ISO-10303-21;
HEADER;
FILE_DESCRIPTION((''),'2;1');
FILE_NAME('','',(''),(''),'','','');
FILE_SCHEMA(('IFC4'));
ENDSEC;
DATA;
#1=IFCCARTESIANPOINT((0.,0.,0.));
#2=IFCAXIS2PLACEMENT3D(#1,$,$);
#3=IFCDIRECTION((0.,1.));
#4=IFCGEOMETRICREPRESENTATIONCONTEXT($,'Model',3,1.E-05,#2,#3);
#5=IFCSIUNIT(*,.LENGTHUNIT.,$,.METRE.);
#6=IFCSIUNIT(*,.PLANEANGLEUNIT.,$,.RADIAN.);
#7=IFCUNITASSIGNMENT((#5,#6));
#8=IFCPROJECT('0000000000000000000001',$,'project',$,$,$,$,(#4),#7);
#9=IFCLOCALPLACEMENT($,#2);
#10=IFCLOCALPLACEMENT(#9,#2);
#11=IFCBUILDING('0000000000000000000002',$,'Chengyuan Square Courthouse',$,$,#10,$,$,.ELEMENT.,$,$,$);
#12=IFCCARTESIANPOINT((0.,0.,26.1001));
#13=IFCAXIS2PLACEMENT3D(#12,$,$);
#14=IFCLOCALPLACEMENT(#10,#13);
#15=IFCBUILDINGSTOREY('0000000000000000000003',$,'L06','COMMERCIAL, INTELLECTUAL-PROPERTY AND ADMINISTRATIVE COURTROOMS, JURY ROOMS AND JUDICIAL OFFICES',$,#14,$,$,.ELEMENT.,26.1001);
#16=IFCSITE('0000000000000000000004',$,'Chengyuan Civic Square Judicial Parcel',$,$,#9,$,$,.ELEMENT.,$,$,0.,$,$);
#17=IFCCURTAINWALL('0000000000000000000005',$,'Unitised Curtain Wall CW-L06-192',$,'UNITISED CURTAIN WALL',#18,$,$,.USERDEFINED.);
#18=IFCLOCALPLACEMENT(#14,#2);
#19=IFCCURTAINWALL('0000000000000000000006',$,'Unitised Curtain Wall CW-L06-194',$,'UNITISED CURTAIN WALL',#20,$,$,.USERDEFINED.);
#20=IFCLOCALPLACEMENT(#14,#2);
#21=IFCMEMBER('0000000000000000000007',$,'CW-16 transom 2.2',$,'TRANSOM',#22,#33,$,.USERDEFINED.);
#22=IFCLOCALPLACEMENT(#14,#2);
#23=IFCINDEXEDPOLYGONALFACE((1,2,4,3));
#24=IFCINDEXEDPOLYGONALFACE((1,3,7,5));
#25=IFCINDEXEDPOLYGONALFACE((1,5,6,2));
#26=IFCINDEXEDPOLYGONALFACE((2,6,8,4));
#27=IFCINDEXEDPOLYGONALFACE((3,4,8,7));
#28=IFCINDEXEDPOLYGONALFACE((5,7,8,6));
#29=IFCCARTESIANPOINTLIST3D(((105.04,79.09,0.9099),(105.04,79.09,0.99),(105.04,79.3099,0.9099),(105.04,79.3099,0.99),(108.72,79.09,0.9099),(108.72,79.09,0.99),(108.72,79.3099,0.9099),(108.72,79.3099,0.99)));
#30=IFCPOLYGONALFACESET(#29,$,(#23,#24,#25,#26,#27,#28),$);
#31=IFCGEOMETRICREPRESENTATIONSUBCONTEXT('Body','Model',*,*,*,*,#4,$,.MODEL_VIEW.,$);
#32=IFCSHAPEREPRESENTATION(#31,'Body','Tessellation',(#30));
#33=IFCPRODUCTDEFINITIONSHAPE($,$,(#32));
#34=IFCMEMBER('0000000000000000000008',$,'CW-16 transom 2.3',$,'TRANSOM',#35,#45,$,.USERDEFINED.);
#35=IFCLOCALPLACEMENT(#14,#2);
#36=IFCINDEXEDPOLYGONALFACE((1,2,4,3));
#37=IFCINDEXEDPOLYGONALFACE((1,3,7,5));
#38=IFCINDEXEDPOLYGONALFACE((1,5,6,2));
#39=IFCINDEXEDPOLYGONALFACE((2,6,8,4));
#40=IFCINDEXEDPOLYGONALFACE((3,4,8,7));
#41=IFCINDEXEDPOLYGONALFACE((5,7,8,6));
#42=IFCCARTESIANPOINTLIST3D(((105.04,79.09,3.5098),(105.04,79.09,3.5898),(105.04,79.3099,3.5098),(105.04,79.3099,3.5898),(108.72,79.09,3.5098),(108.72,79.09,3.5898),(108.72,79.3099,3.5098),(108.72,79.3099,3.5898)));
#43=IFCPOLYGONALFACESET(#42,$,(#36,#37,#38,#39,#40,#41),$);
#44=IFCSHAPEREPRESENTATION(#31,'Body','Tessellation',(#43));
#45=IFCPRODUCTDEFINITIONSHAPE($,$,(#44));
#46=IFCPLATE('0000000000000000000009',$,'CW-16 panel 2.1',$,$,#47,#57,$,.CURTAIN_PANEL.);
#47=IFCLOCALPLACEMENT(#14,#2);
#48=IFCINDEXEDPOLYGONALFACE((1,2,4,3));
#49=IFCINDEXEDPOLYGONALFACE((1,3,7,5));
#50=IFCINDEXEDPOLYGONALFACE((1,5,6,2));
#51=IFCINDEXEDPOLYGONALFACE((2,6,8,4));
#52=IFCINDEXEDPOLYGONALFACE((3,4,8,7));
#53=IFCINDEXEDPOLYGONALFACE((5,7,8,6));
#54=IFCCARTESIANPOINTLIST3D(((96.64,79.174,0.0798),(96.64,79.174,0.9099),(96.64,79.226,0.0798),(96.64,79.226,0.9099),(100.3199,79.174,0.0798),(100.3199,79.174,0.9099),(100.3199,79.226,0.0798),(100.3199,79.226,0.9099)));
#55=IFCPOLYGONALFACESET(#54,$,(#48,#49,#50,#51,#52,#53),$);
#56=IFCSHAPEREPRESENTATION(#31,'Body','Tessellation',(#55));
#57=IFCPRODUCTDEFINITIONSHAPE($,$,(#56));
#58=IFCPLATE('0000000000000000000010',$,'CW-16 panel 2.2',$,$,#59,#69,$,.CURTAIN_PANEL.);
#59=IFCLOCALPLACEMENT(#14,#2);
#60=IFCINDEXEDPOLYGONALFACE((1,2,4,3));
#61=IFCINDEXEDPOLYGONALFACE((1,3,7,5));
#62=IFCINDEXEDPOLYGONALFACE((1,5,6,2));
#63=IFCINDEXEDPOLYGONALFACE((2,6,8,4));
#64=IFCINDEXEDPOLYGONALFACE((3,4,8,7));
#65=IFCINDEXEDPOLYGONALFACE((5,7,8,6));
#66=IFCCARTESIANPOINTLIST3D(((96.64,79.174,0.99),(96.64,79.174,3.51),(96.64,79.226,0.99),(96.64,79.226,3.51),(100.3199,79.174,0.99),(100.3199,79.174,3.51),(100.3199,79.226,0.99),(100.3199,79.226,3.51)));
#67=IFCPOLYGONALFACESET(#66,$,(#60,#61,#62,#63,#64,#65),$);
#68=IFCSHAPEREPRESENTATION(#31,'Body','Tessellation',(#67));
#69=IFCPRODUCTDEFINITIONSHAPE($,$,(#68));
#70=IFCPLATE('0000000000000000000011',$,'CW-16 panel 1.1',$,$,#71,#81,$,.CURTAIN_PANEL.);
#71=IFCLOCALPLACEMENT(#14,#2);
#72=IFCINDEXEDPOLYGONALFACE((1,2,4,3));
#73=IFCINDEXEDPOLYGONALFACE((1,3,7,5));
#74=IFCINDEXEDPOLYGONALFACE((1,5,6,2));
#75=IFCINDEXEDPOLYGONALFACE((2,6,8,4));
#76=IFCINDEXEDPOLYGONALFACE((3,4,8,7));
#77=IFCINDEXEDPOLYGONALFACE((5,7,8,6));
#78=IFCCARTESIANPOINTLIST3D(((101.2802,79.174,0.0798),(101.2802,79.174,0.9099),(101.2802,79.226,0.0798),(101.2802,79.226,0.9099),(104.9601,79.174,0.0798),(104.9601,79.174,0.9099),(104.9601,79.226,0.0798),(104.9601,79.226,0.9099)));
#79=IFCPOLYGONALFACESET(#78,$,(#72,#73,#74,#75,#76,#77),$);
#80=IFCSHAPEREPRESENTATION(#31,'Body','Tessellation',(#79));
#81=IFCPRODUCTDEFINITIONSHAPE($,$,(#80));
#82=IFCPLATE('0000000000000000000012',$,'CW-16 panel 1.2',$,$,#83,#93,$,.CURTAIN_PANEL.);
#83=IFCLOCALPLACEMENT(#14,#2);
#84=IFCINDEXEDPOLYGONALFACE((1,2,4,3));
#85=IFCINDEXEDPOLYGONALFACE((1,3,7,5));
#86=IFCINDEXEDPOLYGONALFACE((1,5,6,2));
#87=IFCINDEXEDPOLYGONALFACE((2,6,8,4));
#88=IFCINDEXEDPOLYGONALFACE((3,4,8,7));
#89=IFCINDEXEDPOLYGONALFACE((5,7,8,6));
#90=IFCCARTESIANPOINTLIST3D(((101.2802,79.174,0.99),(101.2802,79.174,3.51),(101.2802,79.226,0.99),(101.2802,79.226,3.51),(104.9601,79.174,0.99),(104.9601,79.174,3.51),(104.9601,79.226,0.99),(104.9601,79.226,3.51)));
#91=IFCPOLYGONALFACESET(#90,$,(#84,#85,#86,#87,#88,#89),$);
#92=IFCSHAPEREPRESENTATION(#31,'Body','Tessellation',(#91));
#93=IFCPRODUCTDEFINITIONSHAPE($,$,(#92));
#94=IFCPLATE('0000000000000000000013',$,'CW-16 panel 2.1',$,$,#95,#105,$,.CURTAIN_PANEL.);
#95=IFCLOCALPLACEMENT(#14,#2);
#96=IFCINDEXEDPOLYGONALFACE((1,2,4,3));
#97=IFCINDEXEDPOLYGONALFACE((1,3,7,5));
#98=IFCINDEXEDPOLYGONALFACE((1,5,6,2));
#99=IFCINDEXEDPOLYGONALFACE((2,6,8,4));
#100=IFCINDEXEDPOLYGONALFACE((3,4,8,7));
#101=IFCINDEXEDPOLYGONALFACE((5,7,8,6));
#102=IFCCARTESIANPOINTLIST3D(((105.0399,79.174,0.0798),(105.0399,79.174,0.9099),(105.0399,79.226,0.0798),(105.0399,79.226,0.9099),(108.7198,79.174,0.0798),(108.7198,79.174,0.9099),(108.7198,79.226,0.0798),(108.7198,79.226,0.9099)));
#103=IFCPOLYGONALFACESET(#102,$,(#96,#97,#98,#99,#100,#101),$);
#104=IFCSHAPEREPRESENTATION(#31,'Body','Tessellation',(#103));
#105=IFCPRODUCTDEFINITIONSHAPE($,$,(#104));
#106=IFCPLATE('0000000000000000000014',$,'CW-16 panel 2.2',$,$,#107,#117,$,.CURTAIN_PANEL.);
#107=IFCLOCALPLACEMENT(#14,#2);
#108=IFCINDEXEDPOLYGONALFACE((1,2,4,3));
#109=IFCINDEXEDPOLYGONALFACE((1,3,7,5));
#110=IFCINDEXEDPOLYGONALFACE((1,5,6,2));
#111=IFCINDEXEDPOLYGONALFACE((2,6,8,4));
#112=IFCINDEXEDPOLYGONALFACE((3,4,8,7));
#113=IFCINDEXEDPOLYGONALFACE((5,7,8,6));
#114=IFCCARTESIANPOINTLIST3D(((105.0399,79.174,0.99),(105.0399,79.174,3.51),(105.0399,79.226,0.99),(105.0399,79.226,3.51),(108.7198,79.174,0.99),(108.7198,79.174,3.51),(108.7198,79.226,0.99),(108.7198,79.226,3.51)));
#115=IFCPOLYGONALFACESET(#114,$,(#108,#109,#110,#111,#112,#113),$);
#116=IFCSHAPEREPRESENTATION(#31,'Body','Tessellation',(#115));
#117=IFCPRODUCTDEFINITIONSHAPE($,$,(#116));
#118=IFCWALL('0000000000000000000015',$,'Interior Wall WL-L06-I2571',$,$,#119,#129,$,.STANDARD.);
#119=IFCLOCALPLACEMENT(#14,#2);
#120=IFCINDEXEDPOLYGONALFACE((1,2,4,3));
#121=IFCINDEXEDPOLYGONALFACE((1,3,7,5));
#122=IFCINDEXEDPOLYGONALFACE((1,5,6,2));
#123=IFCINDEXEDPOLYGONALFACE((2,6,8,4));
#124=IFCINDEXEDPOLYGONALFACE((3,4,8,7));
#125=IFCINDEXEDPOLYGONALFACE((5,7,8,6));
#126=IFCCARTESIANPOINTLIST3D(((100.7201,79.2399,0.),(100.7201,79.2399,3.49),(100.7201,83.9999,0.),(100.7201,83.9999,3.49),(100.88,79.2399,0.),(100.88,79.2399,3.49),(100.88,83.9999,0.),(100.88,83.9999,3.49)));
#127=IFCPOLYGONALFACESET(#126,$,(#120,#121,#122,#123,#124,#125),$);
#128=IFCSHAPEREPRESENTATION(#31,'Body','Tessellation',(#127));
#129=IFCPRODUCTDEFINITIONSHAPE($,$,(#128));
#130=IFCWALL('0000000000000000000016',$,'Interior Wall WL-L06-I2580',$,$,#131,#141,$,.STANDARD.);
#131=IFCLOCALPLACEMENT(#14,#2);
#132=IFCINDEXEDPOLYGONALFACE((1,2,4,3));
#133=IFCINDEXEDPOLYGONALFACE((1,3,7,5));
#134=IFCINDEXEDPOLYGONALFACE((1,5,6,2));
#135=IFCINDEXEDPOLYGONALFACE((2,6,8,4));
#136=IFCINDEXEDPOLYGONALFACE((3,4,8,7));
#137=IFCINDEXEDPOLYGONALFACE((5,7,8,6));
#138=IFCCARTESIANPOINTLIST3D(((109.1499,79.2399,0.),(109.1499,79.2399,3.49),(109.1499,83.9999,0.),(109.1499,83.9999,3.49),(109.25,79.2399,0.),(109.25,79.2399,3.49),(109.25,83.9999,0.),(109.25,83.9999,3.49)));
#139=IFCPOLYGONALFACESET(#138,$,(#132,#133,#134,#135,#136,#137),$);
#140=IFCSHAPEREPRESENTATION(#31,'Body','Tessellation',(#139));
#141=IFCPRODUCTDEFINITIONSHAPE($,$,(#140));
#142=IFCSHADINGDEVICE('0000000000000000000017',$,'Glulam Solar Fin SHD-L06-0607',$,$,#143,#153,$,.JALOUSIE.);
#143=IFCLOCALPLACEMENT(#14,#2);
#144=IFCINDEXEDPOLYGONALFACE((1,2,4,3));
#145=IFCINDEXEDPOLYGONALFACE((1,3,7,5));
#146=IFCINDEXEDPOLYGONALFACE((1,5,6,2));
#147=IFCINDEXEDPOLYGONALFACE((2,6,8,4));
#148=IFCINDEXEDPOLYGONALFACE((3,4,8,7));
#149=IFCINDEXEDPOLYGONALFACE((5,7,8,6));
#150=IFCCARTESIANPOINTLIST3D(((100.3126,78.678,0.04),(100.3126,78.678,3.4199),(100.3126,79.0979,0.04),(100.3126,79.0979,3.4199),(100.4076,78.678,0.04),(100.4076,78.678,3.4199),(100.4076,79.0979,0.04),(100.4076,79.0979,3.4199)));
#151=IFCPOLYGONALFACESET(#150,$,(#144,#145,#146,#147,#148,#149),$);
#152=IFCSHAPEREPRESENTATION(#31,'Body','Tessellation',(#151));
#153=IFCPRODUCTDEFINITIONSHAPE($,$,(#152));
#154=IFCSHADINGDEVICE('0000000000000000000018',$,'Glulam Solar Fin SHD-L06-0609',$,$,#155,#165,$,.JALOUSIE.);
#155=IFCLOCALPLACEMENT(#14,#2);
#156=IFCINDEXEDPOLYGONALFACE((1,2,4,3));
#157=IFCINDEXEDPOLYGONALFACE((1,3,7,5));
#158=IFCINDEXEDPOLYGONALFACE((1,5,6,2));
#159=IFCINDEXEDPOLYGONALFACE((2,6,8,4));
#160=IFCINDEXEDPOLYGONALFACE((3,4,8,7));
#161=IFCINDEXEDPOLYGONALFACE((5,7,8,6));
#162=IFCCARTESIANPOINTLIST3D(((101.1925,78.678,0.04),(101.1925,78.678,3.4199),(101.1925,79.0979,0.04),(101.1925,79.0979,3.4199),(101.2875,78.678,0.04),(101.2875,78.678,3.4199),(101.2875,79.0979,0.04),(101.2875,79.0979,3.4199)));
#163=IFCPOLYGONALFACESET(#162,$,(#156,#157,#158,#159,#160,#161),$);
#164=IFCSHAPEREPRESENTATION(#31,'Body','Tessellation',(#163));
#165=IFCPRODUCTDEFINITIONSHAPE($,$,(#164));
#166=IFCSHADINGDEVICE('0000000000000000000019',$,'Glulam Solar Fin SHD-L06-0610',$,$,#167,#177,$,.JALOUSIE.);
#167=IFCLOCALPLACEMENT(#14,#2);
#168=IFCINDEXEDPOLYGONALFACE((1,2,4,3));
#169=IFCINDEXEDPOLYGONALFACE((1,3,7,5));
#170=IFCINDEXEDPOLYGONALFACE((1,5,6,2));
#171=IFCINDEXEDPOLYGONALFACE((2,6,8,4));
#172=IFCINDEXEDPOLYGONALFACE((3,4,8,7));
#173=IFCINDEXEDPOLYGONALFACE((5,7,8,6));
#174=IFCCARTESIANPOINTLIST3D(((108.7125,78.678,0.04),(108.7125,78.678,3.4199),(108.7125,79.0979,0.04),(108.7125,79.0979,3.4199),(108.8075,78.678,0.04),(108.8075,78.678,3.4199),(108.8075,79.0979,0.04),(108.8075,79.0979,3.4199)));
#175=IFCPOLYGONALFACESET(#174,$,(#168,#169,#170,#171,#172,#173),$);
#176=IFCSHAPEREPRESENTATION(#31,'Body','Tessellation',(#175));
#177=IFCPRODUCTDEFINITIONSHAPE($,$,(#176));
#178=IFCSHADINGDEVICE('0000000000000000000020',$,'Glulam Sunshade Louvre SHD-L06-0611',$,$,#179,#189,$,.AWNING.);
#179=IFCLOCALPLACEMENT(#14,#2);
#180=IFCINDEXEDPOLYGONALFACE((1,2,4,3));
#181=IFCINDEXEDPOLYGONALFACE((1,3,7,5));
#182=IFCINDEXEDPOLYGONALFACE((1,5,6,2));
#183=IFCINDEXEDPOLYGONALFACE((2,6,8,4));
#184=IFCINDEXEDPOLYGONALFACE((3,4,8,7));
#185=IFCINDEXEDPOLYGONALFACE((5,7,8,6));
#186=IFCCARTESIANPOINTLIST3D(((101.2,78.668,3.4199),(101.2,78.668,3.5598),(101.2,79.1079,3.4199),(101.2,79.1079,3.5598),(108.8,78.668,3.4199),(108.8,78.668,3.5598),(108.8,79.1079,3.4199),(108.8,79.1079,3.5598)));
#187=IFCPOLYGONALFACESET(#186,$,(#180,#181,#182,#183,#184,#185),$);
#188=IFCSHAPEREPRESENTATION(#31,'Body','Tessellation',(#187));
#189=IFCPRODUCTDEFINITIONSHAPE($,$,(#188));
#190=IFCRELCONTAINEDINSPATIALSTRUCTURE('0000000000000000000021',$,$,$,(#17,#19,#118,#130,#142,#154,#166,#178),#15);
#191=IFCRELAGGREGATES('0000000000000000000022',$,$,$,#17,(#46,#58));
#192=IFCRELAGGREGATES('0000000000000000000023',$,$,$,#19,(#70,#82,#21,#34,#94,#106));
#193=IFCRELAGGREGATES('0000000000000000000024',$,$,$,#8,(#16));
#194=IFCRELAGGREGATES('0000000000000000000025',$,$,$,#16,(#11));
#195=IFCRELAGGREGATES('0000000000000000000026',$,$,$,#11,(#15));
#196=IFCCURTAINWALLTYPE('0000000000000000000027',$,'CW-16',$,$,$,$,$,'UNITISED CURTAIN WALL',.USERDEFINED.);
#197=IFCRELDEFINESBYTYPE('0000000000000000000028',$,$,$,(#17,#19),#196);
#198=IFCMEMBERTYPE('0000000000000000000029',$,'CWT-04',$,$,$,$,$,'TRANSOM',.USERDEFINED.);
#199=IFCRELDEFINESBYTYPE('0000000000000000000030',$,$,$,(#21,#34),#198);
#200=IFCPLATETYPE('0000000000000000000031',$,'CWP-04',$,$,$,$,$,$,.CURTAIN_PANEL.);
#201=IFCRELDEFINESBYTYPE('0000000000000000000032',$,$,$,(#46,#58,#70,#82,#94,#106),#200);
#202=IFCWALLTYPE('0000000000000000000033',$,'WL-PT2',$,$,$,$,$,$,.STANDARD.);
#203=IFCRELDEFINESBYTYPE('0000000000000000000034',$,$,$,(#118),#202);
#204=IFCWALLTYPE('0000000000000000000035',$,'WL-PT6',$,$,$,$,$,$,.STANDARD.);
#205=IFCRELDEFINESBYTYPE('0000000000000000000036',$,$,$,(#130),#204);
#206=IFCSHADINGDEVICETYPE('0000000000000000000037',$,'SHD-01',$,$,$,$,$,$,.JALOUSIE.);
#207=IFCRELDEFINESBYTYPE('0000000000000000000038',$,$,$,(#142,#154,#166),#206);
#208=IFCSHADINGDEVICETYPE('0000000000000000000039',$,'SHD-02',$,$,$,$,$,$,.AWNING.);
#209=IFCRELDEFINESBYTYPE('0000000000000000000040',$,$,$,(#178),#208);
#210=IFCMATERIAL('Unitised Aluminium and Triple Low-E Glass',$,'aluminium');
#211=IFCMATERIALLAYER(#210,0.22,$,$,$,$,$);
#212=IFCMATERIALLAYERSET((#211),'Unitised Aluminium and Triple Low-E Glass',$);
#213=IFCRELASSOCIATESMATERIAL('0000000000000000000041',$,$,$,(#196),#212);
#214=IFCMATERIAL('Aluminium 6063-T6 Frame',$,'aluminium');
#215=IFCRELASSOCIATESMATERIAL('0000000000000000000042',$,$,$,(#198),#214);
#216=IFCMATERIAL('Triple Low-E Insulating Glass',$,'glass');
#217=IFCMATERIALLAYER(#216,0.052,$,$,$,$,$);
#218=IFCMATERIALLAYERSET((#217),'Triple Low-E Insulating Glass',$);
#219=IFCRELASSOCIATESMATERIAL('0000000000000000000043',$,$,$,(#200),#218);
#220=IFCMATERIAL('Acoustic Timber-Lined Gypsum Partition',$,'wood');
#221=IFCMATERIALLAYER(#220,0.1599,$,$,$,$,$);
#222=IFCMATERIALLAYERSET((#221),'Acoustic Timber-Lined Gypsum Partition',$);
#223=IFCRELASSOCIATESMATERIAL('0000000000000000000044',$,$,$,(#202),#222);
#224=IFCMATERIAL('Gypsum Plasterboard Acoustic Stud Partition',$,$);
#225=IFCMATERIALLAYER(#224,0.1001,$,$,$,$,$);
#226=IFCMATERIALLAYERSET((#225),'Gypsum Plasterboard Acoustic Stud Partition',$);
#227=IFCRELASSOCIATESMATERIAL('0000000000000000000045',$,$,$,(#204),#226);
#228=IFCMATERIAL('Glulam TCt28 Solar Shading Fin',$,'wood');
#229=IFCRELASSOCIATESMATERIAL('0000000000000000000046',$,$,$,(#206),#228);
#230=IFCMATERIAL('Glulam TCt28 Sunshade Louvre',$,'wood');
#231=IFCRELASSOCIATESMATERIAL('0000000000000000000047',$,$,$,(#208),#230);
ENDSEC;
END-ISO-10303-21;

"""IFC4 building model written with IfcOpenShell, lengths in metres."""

from ifc_helpers import new_model, si_unit, direction, frame, frame_2d, origin, origin_2d, place, context, subcontext, project, spatial, rectangle, extrude, material, layer, layer_set, material_profile, profile_set, type_object, element, aggregate, save


model = new_model("IFC4")

# Units and contexts
model_context = context("Model", 3, precision=1e-05, world=origin(), true_north=direction((0.0, 1.0)))
body_context = subcontext(model_context, "Body", "Model", "MODEL_VIEW")
ifc_project = project(units=[si_unit("LENGTHUNIT", "METRE"), si_unit("PLANEANGLEUNIT", "RADIAN")], contexts=[model_context])

# Site, building, storey
site_placement = place(None, origin())
site = spatial("IfcSite", under=ifc_project, at=site_placement, Name="Chengyuan Civic Square Judicial Parcel", CompositionType="ELEMENT", RefElevation=0.0)
building_placement = place(site_placement, origin())
building = spatial("IfcBuilding", under=site, at=building_placement, Name="Chengyuan Square Courthouse", CompositionType="ELEMENT")
storey_placement = place(building_placement, frame((0.0, 0.0, 26.1001)))
storey = spatial("IfcBuildingStorey", under=building, at=storey_placement, Name="L06", Description="COMMERCIAL, INTELLECTUAL-PROPERTY AND ADMINISTRATIVE COURTROOMS, JURY ROOMS AND JUDICIAL OFFICES", CompositionType="ELEMENT", Elevation=26.1001)

# Curtain wall
ifc_material_1 = material(Name="Unitised Aluminium and Triple Low-E Glass", Category="aluminium")
ifc_layer_1 = layer(ifc_material_1, 0.22)
ifc_layer_set_1 = layer_set([ifc_layer_1], Name="Unitised Aluminium and Triple Low-E Glass")
curtain_wall_type = type_object("IfcCurtainWallType", Name="CW-16", ElementType="UNITISED CURTAIN WALL", PredefinedType="USERDEFINED", material=ifc_layer_set_1)
curtain_wall_1_placement = place(storey_placement, origin())
curtain_wall_1 = element("IfcCurtainWall", 1, at=curtain_wall_1_placement, inside=storey, type_object=curtain_wall_type, Name="Unitised Curtain Wall CW-L06-192", ObjectType="UNITISED CURTAIN WALL", PredefinedType="USERDEFINED")
ifc_material_2 = material(Name="Aluminium 6063-T6 Frame", Category="aluminium")

# Curtain wall, members
curtain_wall_2_placement = place(storey_placement, origin())
curtain_wall_2 = element("IfcCurtainWall", 2, at=curtain_wall_2_placement, inside=storey, type_object=curtain_wall_type, Name="Unitised Curtain Wall CW-L06-194", ObjectType="UNITISED CURTAIN WALL", PredefinedType="USERDEFINED")
ifc_material_profile_1 = material_profile(ifc_material_2, rectangle(XDim=0.22, YDim=0.0801, at=origin_2d()), Name="CW-TRN-80x180")
ifc_profile_set_1 = profile_set([ifc_material_profile_1], Name="Aluminium 6063-T6 Frame")
member_type_1 = type_object("IfcMemberType", Name="CWT-04", ElementType="TRANSOM", PredefinedType="USERDEFINED", material=ifc_profile_set_1)
member_1_placement = place(storey_placement, frame((105.04, 79.2, 0.95), z_axis=(1.0, 0.0, 0.0), x_axis=(0.0, 1.0, 0.0)))
member_1 = element("IfcMember", 3, at=member_1_placement, type_object=member_type_1, Name="CW-16 transom 2.2", ObjectType="TRANSOM", PredefinedType="USERDEFINED", context=body_context, shape_type="SweptSolid", body=[
    extrude(rectangle(XDim=0.22, YDim=0.0801, at=origin_2d()), origin(), (0.0, 0.0, 1.0), 3.6799),
])
member_2_placement = place(storey_placement, frame((105.04, 79.2, 3.5498), z_axis=(1.0, 0.0, 0.0), x_axis=(0.0, 1.0, 0.0)))
member_2 = element("IfcMember", 4, at=member_2_placement, type_object=member_type_1, Name="CW-16 transom 2.3", ObjectType="TRANSOM", PredefinedType="USERDEFINED", context=body_context, shape_type="SweptSolid", body=[
    extrude(rectangle(XDim=0.22, YDim=0.0801, at=origin_2d()), origin(), (0.0, 0.0, 1.0), 3.6799),
])

# Plates
ifc_material_3 = material(Name="Triple Low-E Insulating Glass", Category="glass")
ifc_layer_2 = layer(ifc_material_3, 0.052)
ifc_layer_set_2 = layer_set([ifc_layer_2], Name="Triple Low-E Insulating Glass")
plate_type = type_object("IfcPlateType", Name="CWP-04", PredefinedType="CURTAIN_PANEL", material=ifc_layer_set_2)
plate_1_placement = place(storey_placement, frame((98.48, 79.2, 0.0798), z_axis=(0.0, 0.0, 1.0), x_axis=(1.0, 0.0, 0.0)))
plate_1 = element("IfcPlate", 5, at=plate_1_placement, type_object=plate_type, Name="CW-16 panel 2.1", PredefinedType="CURTAIN_PANEL", context=body_context, shape_type="SweptSolid", body=[
    extrude(rectangle(XDim=3.6799, YDim=0.052, at=origin_2d()), origin(), (0.0, 0.0, 1.0), 0.8301),
])
plate_2_placement = place(storey_placement, frame((98.48, 79.2, 0.99), z_axis=(0.0, 0.0, 1.0), x_axis=(1.0, 0.0, 0.0)))
plate_2 = element("IfcPlate", 6, at=plate_2_placement, type_object=plate_type, Name="CW-16 panel 2.2", PredefinedType="CURTAIN_PANEL", context=body_context, shape_type="SweptSolid", body=[
    extrude(rectangle(XDim=3.6799, YDim=0.052, at=origin_2d()), origin(), (0.0, 0.0, 1.0), 2.52),
])
aggregate(curtain_wall_1, [plate_1, plate_2])
plate_3_placement = place(storey_placement, frame((103.1201, 79.2, 0.0798), z_axis=(0.0, 0.0, 1.0), x_axis=(1.0, 0.0, 0.0)))
plate_3 = element("IfcPlate", 7, at=plate_3_placement, type_object=plate_type, Name="CW-16 panel 1.1", PredefinedType="CURTAIN_PANEL", context=body_context, shape_type="SweptSolid", body=[
    extrude(rectangle(XDim=3.6799, YDim=0.052, at=origin_2d()), origin(), (0.0, 0.0, 1.0), 0.8301),
])
plate_4_placement = place(storey_placement, frame((103.1201, 79.2, 0.99), z_axis=(0.0, 0.0, 1.0), x_axis=(1.0, 0.0, 0.0)))
plate_4 = element("IfcPlate", 8, at=plate_4_placement, type_object=plate_type, Name="CW-16 panel 1.2", PredefinedType="CURTAIN_PANEL", context=body_context, shape_type="SweptSolid", body=[
    extrude(rectangle(XDim=3.6799, YDim=0.052, at=origin_2d()), origin(), (0.0, 0.0, 1.0), 2.52),
])
plate_5_placement = place(storey_placement, frame((106.8799, 79.2, 0.0798), z_axis=(0.0, 0.0, 1.0), x_axis=(1.0, 0.0, 0.0)))
plate_5 = element("IfcPlate", 9, at=plate_5_placement, type_object=plate_type, Name="CW-16 panel 2.1", PredefinedType="CURTAIN_PANEL", context=body_context, shape_type="SweptSolid", body=[
    extrude(rectangle(XDim=3.6799, YDim=0.052, at=origin_2d()), origin(), (0.0, 0.0, 1.0), 0.8301),
])
plate_6_placement = place(storey_placement, frame((106.8799, 79.2, 0.99), z_axis=(0.0, 0.0, 1.0), x_axis=(1.0, 0.0, 0.0)))
plate_6 = element("IfcPlate", 10, at=plate_6_placement, type_object=plate_type, Name="CW-16 panel 2.2", PredefinedType="CURTAIN_PANEL", context=body_context, shape_type="SweptSolid", body=[
    extrude(rectangle(XDim=3.6799, YDim=0.052, at=origin_2d()), origin(), (0.0, 0.0, 1.0), 2.52),
])
aggregate(curtain_wall_2, [plate_3, plate_4, member_1, member_2, plate_5, plate_6])

# Walls
ifc_material_4 = material(Name="Acoustic Timber-Lined Gypsum Partition", Category="wood")
ifc_layer_3 = layer(ifc_material_4, 0.1599)
ifc_layer_set_3 = layer_set([ifc_layer_3], Name="Acoustic Timber-Lined Gypsum Partition")
wall_type_1 = type_object("IfcWallType", Name="WL-PT2", PredefinedType="STANDARD", material=ifc_layer_set_3)
wall_1_placement = place(storey_placement, frame((100.8, 79.24, 0.0), z_axis=(0.0, 0.0, 1.0), x_axis=(0.0, 1.0, 0.0)))
element("IfcWall", 11, at=wall_1_placement, inside=storey, type_object=wall_type_1, Name="Interior Wall WL-L06-I2571", PredefinedType="STANDARD", context=body_context, shape_type="SweptSolid", body=[
    extrude(rectangle(XDim=4.76, YDim=0.1599, at=frame_2d((2.3799, 0.0))), origin(), (0.0, 0.0, 1.0), 3.49),
])
ifc_material_5 = material(Name="Gypsum Plasterboard Acoustic Stud Partition")
ifc_layer_4 = layer(ifc_material_5, 0.1001)
ifc_layer_set_4 = layer_set([ifc_layer_4], Name="Gypsum Plasterboard Acoustic Stud Partition")
wall_type_2 = type_object("IfcWallType", Name="WL-PT6", PredefinedType="STANDARD", material=ifc_layer_set_4)
wall_2_placement = place(storey_placement, frame((109.2, 79.24, 0.0), z_axis=(0.0, 0.0, 1.0), x_axis=(0.0, 1.0, 0.0)))
element("IfcWall", 12, at=wall_2_placement, inside=storey, type_object=wall_type_2, Name="Interior Wall WL-L06-I2580", PredefinedType="STANDARD", context=body_context, shape_type="SweptSolid", body=[
    extrude(rectangle(XDim=4.76, YDim=0.1001, at=frame_2d((2.3799, 0.0))), origin(), (0.0, 0.0, 1.0), 3.49),
])

# Shading devices
ifc_material_6 = material(Name="Glulam TCt28 Solar Shading Fin", Category="wood")
shading_device_type_1 = type_object("IfcShadingDeviceType", Name="SHD-01", PredefinedType="JALOUSIE", material=ifc_material_6)
for number, where, z_axis, x_axis, name in (
    (13, (100.3601, 78.8879, 0.04), (0.0, 0.0, 1.0), (0.0, 1.0, 0.0), "Glulam Solar Fin SHD-L06-0607"),
    (14, (101.24, 78.8879, 0.04), (0.0, 0.0, 1.0), (0.0, 1.0, 0.0), "Glulam Solar Fin SHD-L06-0609"),
    (15, (108.76, 78.8879, 0.04), (0.0, 0.0, 1.0), (0.0, 1.0, 0.0), "Glulam Solar Fin SHD-L06-0610"),
):
    element("IfcShadingDevice", number, at=place(storey_placement, frame(where, z_axis=z_axis, x_axis=x_axis)), inside=storey, type_object=shading_device_type_1, Name=name, PredefinedType="JALOUSIE", context=body_context, shape_type="SweptSolid", body=[
        extrude(rectangle(XDim=0.4199, YDim=0.095, at=origin_2d()), origin(), (0.0, 0.0, 1.0), 3.3799),
    ])
ifc_material_7 = material(Name="Glulam TCt28 Sunshade Louvre", Category="wood")
shading_device_type_2 = type_object("IfcShadingDeviceType", Name="SHD-02", PredefinedType="AWNING", material=ifc_material_7)
shading_device_placement = place(storey_placement, frame((105.0, 78.8879, 3.4199), z_axis=(0.0, 0.0, 1.0), x_axis=(1.0, 0.0, 0.0)))
element("IfcShadingDevice", 16, at=shading_device_placement, inside=storey, type_object=shading_device_type_2, Name="Glulam Sunshade Louvre SHD-L06-0611", PredefinedType="AWNING", context=body_context, shape_type="SweptSolid", body=[
    extrude(rectangle(XDim=7.6001, YDim=0.4399, at=origin_2d()), origin(), (0.0, 0.0, 1.0), 0.1399),
])

save(model, "model.ifc")
